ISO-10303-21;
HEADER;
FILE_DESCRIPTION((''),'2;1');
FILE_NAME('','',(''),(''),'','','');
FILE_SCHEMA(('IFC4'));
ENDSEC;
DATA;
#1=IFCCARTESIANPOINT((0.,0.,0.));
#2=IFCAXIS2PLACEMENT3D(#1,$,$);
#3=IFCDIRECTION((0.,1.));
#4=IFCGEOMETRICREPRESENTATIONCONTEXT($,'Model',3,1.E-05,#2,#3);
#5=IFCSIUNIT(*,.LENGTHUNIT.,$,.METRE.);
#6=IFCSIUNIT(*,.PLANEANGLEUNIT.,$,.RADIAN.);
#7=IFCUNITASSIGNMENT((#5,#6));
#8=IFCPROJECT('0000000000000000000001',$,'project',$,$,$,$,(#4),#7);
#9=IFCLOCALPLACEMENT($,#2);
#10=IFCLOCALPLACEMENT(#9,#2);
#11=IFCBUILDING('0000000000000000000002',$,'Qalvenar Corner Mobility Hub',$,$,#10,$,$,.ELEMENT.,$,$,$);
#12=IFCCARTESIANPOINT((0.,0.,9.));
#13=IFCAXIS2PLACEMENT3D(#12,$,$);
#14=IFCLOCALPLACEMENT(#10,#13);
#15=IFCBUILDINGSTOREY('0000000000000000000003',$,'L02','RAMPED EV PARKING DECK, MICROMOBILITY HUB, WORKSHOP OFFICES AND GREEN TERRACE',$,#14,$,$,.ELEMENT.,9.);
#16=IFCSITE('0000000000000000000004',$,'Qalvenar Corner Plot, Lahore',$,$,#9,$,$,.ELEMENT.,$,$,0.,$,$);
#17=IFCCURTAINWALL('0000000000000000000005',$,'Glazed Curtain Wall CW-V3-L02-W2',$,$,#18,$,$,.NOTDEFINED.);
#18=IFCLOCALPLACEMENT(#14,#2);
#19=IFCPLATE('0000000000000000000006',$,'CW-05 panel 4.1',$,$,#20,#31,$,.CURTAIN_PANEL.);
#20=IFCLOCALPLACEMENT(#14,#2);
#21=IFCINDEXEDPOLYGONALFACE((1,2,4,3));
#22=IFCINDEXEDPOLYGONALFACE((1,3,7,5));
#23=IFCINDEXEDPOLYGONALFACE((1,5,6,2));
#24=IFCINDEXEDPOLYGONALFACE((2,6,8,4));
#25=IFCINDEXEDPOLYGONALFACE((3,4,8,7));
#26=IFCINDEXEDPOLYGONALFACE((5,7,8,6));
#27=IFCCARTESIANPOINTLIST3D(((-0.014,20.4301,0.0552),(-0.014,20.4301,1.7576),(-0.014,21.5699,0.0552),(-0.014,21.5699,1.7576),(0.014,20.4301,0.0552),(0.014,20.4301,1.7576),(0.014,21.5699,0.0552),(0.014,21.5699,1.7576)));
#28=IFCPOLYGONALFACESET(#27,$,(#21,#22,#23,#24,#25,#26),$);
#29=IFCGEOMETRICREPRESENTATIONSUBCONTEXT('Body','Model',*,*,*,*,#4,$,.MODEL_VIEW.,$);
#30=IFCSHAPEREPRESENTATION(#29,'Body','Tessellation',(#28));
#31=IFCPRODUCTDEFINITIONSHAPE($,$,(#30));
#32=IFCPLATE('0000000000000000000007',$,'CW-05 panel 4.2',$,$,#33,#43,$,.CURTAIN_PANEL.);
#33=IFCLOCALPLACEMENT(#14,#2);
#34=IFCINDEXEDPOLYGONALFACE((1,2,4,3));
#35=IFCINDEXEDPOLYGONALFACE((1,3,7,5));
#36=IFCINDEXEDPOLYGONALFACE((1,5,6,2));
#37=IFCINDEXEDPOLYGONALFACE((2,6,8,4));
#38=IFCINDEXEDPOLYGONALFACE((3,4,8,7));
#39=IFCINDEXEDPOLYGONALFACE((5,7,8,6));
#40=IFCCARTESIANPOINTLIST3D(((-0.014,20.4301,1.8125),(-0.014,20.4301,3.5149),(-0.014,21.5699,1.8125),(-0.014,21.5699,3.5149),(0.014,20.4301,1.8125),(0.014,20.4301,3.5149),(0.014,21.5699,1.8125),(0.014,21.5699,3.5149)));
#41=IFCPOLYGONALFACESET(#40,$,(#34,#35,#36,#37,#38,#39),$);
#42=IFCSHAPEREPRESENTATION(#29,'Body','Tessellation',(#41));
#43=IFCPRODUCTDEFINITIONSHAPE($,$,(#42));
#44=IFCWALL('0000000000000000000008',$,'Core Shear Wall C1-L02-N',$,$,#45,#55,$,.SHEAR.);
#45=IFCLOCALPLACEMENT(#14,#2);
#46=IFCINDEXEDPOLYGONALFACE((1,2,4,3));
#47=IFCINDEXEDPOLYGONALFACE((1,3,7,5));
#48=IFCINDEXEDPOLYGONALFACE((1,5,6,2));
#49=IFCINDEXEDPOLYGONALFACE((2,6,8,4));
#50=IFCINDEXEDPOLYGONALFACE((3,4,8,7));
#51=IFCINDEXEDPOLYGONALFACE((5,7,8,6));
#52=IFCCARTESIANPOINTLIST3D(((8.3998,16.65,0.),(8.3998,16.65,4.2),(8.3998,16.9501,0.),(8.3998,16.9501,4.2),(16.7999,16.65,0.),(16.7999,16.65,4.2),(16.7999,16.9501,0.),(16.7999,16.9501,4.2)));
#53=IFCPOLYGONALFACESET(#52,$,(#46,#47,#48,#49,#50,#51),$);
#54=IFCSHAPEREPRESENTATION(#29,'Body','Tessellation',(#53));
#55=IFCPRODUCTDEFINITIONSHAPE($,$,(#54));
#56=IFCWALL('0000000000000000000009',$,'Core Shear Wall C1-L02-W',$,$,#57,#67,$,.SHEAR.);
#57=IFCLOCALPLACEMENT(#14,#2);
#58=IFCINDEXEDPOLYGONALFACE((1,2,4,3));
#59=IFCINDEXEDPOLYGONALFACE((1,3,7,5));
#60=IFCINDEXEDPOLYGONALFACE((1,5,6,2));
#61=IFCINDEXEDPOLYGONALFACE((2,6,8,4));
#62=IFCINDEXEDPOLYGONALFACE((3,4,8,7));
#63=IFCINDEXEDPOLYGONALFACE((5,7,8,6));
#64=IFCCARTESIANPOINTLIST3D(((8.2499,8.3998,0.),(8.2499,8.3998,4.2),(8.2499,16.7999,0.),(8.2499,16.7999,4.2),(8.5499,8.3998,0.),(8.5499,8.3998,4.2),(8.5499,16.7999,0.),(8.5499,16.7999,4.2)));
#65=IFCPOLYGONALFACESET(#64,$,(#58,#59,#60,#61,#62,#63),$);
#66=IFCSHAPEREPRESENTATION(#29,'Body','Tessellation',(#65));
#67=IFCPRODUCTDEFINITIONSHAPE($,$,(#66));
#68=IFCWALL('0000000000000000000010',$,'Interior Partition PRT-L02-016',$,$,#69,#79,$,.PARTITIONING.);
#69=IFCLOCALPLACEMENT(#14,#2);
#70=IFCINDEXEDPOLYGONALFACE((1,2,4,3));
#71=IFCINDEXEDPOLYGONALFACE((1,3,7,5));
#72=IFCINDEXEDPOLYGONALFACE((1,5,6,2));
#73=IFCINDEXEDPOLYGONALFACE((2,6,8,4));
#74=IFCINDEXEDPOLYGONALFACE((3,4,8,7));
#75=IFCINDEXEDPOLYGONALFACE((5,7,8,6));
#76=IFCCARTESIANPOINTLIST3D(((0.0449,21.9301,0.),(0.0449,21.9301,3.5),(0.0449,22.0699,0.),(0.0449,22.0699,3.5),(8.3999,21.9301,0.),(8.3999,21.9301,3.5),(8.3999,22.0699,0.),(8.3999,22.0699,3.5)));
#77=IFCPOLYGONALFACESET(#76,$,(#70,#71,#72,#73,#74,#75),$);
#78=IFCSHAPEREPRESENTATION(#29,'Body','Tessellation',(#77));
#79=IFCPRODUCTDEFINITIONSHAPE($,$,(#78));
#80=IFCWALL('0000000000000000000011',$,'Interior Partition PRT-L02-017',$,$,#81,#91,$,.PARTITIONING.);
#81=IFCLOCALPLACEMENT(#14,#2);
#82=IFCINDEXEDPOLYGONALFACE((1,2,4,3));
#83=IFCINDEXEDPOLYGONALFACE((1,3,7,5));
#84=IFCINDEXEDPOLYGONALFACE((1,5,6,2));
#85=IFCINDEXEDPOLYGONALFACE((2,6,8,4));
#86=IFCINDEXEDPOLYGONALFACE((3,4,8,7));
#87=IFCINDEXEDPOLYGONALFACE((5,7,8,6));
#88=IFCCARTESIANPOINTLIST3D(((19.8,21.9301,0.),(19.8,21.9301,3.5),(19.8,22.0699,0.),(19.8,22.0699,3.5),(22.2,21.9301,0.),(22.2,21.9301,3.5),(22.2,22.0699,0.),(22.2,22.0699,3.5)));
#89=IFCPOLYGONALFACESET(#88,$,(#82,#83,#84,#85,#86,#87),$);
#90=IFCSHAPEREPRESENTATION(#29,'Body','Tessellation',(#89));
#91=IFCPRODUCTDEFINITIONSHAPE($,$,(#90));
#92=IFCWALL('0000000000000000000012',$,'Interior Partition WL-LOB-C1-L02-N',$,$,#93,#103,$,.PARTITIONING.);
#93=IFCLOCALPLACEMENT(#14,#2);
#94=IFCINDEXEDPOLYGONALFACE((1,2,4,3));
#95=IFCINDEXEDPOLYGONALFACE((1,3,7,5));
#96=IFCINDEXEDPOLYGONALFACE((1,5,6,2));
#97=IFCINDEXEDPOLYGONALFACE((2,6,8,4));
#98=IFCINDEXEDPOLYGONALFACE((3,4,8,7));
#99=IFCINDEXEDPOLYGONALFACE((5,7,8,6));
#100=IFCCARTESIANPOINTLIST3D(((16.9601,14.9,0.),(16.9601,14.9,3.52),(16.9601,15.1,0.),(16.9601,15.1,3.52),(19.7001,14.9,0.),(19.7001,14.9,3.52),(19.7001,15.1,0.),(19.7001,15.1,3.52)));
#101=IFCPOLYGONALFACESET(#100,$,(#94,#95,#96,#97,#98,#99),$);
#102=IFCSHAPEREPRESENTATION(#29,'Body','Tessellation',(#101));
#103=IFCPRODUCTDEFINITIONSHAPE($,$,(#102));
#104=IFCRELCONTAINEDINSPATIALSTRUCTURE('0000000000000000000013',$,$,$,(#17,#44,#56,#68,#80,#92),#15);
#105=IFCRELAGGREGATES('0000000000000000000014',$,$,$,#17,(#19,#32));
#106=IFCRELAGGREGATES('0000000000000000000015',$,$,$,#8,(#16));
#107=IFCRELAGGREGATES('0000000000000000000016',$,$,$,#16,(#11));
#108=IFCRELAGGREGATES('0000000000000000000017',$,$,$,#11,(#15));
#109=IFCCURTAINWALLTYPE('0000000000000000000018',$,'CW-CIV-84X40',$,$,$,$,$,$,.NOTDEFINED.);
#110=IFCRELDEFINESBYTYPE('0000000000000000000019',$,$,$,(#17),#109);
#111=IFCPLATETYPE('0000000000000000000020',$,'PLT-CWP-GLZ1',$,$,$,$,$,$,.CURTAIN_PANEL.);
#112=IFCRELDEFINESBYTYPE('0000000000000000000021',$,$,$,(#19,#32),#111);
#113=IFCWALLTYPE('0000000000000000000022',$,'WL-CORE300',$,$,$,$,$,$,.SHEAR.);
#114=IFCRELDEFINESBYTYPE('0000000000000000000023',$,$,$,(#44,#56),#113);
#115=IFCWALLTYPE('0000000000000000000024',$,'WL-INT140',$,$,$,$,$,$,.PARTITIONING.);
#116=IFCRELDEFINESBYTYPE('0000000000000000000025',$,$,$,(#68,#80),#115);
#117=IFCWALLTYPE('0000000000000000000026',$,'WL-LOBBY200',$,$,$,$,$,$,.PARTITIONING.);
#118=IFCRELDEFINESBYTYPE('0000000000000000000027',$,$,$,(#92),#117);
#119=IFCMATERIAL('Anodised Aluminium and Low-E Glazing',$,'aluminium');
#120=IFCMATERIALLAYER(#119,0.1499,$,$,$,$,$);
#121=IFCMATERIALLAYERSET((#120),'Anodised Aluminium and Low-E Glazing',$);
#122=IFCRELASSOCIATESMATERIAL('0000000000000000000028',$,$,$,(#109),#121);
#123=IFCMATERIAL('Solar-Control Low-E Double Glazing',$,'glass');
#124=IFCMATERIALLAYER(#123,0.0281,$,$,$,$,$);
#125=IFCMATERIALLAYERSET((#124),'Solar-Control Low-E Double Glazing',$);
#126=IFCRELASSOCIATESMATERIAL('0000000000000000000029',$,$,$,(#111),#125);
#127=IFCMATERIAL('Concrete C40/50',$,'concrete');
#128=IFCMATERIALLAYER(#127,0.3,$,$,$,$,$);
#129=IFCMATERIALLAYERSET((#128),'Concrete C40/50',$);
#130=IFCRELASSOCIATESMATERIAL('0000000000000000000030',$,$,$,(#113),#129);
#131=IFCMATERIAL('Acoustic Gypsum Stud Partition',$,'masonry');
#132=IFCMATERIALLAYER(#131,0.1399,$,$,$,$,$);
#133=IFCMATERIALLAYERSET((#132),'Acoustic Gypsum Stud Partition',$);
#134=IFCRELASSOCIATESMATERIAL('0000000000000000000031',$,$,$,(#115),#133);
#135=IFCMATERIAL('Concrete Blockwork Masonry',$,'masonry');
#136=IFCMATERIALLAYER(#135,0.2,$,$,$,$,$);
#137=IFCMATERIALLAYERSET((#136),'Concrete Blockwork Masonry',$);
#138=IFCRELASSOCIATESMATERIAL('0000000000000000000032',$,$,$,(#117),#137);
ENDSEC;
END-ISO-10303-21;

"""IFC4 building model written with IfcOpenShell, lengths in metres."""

from ifc_helpers import new_model, si_unit, direction, frame, frame_2d, origin, origin_2d, place, context, subcontext, project, spatial, rectangle, extrude, material, layer, layer_set, type_object, element, aggregate, save


model = new_model("IFC4")

# Units and contexts
model_context = context("Model", 3, precision=1e-05, world=origin(), true_north=direction((0.0, 1.0)))
body_context = subcontext(model_context, "Body", "Model", "MODEL_VIEW")
ifc_project = project(units=[si_unit("LENGTHUNIT", "METRE"), si_unit("PLANEANGLEUNIT", "RADIAN")], contexts=[model_context])

# Site, building, storey
site_placement = place(None, origin())
site = spatial("IfcSite", under=ifc_project, at=site_placement, Name="Qalvenar Corner Plot, Lahore", CompositionType="ELEMENT", RefElevation=0.0)
building_placement = place(site_placement, origin())
building = spatial("IfcBuilding", under=site, at=building_placement, Name="Qalvenar Corner Mobility Hub", CompositionType="ELEMENT")
storey_placement = place(building_placement, frame((0.0, 0.0, 9.0)))
storey = spatial("IfcBuildingStorey", under=building, at=storey_placement, Name="L02", Description="RAMPED EV PARKING DECK, MICROMOBILITY HUB, WORKSHOP OFFICES AND GREEN TERRACE", CompositionType="ELEMENT", Elevation=9.0)

# Curtain wall, plates
ifc_material_1 = material(Name="Anodised Aluminium and Low-E Glazing", Category="aluminium")
ifc_layer_1 = layer(ifc_material_1, 0.1499)
ifc_layer_set_1 = layer_set([ifc_layer_1], Name="Anodised Aluminium and Low-E Glazing")
curtain_wall_type = type_object("IfcCurtainWallType", Name="CW-CIV-84X40", PredefinedType="NOTDEFINED", material=ifc_layer_set_1)
curtain_wall_placement = place(storey_placement, origin())
curtain_wall = element("IfcCurtainWall", 1, at=curtain_wall_placement, inside=storey, type_object=curtain_wall_type, Name="Glazed Curtain Wall CW-V3-L02-W2", PredefinedType="NOTDEFINED")
ifc_material_2 = material(Name="Solar-Control Low-E Double Glazing", Category="glass")
ifc_layer_2 = layer(ifc_material_2, 0.0281)
ifc_layer_set_2 = layer_set([ifc_layer_2], Name="Solar-Control Low-E Double Glazing")
plate_type = type_object("IfcPlateType", Name="PLT-CWP-GLZ1", PredefinedType="CURTAIN_PANEL", material=ifc_layer_set_2)
plate_1_placement = place(storey_placement, frame((0.0, 21.0, 0.0552), z_axis=(0.0, 0.0, 1.0), x_axis=(0.0, -1.0, 0.0)))
plate_1 = element("IfcPlate", 2, at=plate_1_placement, type_object=plate_type, Name="CW-05 panel 4.1", PredefinedType="CURTAIN_PANEL", context=body_context, shape_type="SweptSolid", body=[
    extrude(rectangle(XDim=1.1399, YDim=0.0281, at=origin_2d()), origin(), (0.0, 0.0, 1.0), 1.7024),
])
plate_2_placement = place(storey_placement, frame((0.0, 21.0, 1.8125), z_axis=(0.0, 0.0, 1.0), x_axis=(0.0, -1.0, 0.0)))
plate_2 = element("IfcPlate", 3, at=plate_2_placement, type_object=plate_type, Name="CW-05 panel 4.2", PredefinedType="CURTAIN_PANEL", context=body_context, shape_type="SweptSolid", body=[
    extrude(rectangle(XDim=1.1399, YDim=0.0281, at=origin_2d()), origin(), (0.0, 0.0, 1.0), 1.7024),
])
aggregate(curtain_wall, [plate_1, plate_2])

# Walls
ifc_material_3 = material(Name="Concrete C40/50", Category="concrete")
ifc_layer_3 = layer(ifc_material_3, 0.3)
ifc_layer_set_3 = layer_set([ifc_layer_3], Name="Concrete C40/50")
wall_type_1 = type_object("IfcWallType", Name="WL-CORE300", PredefinedType="SHEAR", material=ifc_layer_set_3)
for number, where, z_axis, x_axis, name in (
    (4, (16.8, 16.8, 0.0), (0.0, 0.0, 1.0), (-1.0, 0.0, 0.0), "Core Shear Wall C1-L02-N"),
    (5, (8.3999, 16.8, 0.0), (0.0, 0.0, 1.0), (0.0, -1.0, 0.0), "Core Shear Wall C1-L02-W"),
):
    element("IfcWall", number, at=place(storey_placement, frame(where, z_axis=z_axis, x_axis=x_axis)), inside=storey, type_object=wall_type_1, Name=name, PredefinedType="SHEAR", context=body_context, shape_type="SweptSolid", body=[
        extrude(rectangle(XDim=8.4001, YDim=0.3, at=frame_2d((4.2002, 0.0))), origin(), (0.0, 0.0, 1.0), 4.2),
    ])
ifc_material_4 = material(Name="Acoustic Gypsum Stud Partition", Category="masonry")
ifc_layer_4 = layer(ifc_material_4, 0.1399)
ifc_layer_set_4 = layer_set([ifc_layer_4], Name="Acoustic Gypsum Stud Partition")
wall_type_2 = type_object("IfcWallType", Name="WL-INT140", PredefinedType="PARTITIONING", material=ifc_layer_set_4)
wall_1_placement = place(storey_placement, frame((0.0449, 22.0, 0.0), z_axis=(0.0, 0.0, 1.0), x_axis=(1.0, 0.0, 0.0)))
element("IfcWall", 6, at=wall_1_placement, inside=storey, type_object=wall_type_2, Name="Interior Partition PRT-L02-016", PredefinedType="PARTITIONING", context=body_context, shape_type="SweptSolid", body=[
    extrude(rectangle(XDim=8.355, YDim=0.1399, at=frame_2d((4.1775, 0.0))), origin(), (0.0, 0.0, 1.0), 3.5),
])
wall_2_placement = place(storey_placement, frame((19.8, 22.0, 0.0), z_axis=(0.0, 0.0, 1.0), x_axis=(1.0, 0.0, 0.0)))
element("IfcWall", 7, at=wall_2_placement, inside=storey, type_object=wall_type_2, Name="Interior Partition PRT-L02-017", PredefinedType="PARTITIONING", context=body_context, shape_type="SweptSolid", body=[
    extrude(rectangle(XDim=2.3999, YDim=0.1399, at=frame_2d((1.2, 0.0))), origin(), (0.0, 0.0, 1.0), 3.5),
])
ifc_material_5 = material(Name="Concrete Blockwork Masonry", Category="masonry")
ifc_layer_5 = layer(ifc_material_5, 0.2)
ifc_layer_set_5 = layer_set([ifc_layer_5], Name="Concrete Blockwork Masonry")
wall_type_3 = type_object("IfcWallType", Name="WL-LOBBY200", PredefinedType="PARTITIONING", material=ifc_layer_set_5)
wall_3_placement = place(storey_placement, frame((16.96, 15.0, 0.0), z_axis=(0.0, 0.0, 1.0), x_axis=(1.0, 0.0, 0.0)))
element("IfcWall", 8, at=wall_3_placement, inside=storey, type_object=wall_type_3, Name="Interior Partition WL-LOB-C1-L02-N", PredefinedType="PARTITIONING", context=body_context, shape_type="SweptSolid", body=[
    extrude(rectangle(XDim=2.74, YDim=0.2, at=frame_2d((1.3701, 0.0))), origin(), (0.0, 0.0, 1.0), 3.52),
])

save(model, "model.ifc")
